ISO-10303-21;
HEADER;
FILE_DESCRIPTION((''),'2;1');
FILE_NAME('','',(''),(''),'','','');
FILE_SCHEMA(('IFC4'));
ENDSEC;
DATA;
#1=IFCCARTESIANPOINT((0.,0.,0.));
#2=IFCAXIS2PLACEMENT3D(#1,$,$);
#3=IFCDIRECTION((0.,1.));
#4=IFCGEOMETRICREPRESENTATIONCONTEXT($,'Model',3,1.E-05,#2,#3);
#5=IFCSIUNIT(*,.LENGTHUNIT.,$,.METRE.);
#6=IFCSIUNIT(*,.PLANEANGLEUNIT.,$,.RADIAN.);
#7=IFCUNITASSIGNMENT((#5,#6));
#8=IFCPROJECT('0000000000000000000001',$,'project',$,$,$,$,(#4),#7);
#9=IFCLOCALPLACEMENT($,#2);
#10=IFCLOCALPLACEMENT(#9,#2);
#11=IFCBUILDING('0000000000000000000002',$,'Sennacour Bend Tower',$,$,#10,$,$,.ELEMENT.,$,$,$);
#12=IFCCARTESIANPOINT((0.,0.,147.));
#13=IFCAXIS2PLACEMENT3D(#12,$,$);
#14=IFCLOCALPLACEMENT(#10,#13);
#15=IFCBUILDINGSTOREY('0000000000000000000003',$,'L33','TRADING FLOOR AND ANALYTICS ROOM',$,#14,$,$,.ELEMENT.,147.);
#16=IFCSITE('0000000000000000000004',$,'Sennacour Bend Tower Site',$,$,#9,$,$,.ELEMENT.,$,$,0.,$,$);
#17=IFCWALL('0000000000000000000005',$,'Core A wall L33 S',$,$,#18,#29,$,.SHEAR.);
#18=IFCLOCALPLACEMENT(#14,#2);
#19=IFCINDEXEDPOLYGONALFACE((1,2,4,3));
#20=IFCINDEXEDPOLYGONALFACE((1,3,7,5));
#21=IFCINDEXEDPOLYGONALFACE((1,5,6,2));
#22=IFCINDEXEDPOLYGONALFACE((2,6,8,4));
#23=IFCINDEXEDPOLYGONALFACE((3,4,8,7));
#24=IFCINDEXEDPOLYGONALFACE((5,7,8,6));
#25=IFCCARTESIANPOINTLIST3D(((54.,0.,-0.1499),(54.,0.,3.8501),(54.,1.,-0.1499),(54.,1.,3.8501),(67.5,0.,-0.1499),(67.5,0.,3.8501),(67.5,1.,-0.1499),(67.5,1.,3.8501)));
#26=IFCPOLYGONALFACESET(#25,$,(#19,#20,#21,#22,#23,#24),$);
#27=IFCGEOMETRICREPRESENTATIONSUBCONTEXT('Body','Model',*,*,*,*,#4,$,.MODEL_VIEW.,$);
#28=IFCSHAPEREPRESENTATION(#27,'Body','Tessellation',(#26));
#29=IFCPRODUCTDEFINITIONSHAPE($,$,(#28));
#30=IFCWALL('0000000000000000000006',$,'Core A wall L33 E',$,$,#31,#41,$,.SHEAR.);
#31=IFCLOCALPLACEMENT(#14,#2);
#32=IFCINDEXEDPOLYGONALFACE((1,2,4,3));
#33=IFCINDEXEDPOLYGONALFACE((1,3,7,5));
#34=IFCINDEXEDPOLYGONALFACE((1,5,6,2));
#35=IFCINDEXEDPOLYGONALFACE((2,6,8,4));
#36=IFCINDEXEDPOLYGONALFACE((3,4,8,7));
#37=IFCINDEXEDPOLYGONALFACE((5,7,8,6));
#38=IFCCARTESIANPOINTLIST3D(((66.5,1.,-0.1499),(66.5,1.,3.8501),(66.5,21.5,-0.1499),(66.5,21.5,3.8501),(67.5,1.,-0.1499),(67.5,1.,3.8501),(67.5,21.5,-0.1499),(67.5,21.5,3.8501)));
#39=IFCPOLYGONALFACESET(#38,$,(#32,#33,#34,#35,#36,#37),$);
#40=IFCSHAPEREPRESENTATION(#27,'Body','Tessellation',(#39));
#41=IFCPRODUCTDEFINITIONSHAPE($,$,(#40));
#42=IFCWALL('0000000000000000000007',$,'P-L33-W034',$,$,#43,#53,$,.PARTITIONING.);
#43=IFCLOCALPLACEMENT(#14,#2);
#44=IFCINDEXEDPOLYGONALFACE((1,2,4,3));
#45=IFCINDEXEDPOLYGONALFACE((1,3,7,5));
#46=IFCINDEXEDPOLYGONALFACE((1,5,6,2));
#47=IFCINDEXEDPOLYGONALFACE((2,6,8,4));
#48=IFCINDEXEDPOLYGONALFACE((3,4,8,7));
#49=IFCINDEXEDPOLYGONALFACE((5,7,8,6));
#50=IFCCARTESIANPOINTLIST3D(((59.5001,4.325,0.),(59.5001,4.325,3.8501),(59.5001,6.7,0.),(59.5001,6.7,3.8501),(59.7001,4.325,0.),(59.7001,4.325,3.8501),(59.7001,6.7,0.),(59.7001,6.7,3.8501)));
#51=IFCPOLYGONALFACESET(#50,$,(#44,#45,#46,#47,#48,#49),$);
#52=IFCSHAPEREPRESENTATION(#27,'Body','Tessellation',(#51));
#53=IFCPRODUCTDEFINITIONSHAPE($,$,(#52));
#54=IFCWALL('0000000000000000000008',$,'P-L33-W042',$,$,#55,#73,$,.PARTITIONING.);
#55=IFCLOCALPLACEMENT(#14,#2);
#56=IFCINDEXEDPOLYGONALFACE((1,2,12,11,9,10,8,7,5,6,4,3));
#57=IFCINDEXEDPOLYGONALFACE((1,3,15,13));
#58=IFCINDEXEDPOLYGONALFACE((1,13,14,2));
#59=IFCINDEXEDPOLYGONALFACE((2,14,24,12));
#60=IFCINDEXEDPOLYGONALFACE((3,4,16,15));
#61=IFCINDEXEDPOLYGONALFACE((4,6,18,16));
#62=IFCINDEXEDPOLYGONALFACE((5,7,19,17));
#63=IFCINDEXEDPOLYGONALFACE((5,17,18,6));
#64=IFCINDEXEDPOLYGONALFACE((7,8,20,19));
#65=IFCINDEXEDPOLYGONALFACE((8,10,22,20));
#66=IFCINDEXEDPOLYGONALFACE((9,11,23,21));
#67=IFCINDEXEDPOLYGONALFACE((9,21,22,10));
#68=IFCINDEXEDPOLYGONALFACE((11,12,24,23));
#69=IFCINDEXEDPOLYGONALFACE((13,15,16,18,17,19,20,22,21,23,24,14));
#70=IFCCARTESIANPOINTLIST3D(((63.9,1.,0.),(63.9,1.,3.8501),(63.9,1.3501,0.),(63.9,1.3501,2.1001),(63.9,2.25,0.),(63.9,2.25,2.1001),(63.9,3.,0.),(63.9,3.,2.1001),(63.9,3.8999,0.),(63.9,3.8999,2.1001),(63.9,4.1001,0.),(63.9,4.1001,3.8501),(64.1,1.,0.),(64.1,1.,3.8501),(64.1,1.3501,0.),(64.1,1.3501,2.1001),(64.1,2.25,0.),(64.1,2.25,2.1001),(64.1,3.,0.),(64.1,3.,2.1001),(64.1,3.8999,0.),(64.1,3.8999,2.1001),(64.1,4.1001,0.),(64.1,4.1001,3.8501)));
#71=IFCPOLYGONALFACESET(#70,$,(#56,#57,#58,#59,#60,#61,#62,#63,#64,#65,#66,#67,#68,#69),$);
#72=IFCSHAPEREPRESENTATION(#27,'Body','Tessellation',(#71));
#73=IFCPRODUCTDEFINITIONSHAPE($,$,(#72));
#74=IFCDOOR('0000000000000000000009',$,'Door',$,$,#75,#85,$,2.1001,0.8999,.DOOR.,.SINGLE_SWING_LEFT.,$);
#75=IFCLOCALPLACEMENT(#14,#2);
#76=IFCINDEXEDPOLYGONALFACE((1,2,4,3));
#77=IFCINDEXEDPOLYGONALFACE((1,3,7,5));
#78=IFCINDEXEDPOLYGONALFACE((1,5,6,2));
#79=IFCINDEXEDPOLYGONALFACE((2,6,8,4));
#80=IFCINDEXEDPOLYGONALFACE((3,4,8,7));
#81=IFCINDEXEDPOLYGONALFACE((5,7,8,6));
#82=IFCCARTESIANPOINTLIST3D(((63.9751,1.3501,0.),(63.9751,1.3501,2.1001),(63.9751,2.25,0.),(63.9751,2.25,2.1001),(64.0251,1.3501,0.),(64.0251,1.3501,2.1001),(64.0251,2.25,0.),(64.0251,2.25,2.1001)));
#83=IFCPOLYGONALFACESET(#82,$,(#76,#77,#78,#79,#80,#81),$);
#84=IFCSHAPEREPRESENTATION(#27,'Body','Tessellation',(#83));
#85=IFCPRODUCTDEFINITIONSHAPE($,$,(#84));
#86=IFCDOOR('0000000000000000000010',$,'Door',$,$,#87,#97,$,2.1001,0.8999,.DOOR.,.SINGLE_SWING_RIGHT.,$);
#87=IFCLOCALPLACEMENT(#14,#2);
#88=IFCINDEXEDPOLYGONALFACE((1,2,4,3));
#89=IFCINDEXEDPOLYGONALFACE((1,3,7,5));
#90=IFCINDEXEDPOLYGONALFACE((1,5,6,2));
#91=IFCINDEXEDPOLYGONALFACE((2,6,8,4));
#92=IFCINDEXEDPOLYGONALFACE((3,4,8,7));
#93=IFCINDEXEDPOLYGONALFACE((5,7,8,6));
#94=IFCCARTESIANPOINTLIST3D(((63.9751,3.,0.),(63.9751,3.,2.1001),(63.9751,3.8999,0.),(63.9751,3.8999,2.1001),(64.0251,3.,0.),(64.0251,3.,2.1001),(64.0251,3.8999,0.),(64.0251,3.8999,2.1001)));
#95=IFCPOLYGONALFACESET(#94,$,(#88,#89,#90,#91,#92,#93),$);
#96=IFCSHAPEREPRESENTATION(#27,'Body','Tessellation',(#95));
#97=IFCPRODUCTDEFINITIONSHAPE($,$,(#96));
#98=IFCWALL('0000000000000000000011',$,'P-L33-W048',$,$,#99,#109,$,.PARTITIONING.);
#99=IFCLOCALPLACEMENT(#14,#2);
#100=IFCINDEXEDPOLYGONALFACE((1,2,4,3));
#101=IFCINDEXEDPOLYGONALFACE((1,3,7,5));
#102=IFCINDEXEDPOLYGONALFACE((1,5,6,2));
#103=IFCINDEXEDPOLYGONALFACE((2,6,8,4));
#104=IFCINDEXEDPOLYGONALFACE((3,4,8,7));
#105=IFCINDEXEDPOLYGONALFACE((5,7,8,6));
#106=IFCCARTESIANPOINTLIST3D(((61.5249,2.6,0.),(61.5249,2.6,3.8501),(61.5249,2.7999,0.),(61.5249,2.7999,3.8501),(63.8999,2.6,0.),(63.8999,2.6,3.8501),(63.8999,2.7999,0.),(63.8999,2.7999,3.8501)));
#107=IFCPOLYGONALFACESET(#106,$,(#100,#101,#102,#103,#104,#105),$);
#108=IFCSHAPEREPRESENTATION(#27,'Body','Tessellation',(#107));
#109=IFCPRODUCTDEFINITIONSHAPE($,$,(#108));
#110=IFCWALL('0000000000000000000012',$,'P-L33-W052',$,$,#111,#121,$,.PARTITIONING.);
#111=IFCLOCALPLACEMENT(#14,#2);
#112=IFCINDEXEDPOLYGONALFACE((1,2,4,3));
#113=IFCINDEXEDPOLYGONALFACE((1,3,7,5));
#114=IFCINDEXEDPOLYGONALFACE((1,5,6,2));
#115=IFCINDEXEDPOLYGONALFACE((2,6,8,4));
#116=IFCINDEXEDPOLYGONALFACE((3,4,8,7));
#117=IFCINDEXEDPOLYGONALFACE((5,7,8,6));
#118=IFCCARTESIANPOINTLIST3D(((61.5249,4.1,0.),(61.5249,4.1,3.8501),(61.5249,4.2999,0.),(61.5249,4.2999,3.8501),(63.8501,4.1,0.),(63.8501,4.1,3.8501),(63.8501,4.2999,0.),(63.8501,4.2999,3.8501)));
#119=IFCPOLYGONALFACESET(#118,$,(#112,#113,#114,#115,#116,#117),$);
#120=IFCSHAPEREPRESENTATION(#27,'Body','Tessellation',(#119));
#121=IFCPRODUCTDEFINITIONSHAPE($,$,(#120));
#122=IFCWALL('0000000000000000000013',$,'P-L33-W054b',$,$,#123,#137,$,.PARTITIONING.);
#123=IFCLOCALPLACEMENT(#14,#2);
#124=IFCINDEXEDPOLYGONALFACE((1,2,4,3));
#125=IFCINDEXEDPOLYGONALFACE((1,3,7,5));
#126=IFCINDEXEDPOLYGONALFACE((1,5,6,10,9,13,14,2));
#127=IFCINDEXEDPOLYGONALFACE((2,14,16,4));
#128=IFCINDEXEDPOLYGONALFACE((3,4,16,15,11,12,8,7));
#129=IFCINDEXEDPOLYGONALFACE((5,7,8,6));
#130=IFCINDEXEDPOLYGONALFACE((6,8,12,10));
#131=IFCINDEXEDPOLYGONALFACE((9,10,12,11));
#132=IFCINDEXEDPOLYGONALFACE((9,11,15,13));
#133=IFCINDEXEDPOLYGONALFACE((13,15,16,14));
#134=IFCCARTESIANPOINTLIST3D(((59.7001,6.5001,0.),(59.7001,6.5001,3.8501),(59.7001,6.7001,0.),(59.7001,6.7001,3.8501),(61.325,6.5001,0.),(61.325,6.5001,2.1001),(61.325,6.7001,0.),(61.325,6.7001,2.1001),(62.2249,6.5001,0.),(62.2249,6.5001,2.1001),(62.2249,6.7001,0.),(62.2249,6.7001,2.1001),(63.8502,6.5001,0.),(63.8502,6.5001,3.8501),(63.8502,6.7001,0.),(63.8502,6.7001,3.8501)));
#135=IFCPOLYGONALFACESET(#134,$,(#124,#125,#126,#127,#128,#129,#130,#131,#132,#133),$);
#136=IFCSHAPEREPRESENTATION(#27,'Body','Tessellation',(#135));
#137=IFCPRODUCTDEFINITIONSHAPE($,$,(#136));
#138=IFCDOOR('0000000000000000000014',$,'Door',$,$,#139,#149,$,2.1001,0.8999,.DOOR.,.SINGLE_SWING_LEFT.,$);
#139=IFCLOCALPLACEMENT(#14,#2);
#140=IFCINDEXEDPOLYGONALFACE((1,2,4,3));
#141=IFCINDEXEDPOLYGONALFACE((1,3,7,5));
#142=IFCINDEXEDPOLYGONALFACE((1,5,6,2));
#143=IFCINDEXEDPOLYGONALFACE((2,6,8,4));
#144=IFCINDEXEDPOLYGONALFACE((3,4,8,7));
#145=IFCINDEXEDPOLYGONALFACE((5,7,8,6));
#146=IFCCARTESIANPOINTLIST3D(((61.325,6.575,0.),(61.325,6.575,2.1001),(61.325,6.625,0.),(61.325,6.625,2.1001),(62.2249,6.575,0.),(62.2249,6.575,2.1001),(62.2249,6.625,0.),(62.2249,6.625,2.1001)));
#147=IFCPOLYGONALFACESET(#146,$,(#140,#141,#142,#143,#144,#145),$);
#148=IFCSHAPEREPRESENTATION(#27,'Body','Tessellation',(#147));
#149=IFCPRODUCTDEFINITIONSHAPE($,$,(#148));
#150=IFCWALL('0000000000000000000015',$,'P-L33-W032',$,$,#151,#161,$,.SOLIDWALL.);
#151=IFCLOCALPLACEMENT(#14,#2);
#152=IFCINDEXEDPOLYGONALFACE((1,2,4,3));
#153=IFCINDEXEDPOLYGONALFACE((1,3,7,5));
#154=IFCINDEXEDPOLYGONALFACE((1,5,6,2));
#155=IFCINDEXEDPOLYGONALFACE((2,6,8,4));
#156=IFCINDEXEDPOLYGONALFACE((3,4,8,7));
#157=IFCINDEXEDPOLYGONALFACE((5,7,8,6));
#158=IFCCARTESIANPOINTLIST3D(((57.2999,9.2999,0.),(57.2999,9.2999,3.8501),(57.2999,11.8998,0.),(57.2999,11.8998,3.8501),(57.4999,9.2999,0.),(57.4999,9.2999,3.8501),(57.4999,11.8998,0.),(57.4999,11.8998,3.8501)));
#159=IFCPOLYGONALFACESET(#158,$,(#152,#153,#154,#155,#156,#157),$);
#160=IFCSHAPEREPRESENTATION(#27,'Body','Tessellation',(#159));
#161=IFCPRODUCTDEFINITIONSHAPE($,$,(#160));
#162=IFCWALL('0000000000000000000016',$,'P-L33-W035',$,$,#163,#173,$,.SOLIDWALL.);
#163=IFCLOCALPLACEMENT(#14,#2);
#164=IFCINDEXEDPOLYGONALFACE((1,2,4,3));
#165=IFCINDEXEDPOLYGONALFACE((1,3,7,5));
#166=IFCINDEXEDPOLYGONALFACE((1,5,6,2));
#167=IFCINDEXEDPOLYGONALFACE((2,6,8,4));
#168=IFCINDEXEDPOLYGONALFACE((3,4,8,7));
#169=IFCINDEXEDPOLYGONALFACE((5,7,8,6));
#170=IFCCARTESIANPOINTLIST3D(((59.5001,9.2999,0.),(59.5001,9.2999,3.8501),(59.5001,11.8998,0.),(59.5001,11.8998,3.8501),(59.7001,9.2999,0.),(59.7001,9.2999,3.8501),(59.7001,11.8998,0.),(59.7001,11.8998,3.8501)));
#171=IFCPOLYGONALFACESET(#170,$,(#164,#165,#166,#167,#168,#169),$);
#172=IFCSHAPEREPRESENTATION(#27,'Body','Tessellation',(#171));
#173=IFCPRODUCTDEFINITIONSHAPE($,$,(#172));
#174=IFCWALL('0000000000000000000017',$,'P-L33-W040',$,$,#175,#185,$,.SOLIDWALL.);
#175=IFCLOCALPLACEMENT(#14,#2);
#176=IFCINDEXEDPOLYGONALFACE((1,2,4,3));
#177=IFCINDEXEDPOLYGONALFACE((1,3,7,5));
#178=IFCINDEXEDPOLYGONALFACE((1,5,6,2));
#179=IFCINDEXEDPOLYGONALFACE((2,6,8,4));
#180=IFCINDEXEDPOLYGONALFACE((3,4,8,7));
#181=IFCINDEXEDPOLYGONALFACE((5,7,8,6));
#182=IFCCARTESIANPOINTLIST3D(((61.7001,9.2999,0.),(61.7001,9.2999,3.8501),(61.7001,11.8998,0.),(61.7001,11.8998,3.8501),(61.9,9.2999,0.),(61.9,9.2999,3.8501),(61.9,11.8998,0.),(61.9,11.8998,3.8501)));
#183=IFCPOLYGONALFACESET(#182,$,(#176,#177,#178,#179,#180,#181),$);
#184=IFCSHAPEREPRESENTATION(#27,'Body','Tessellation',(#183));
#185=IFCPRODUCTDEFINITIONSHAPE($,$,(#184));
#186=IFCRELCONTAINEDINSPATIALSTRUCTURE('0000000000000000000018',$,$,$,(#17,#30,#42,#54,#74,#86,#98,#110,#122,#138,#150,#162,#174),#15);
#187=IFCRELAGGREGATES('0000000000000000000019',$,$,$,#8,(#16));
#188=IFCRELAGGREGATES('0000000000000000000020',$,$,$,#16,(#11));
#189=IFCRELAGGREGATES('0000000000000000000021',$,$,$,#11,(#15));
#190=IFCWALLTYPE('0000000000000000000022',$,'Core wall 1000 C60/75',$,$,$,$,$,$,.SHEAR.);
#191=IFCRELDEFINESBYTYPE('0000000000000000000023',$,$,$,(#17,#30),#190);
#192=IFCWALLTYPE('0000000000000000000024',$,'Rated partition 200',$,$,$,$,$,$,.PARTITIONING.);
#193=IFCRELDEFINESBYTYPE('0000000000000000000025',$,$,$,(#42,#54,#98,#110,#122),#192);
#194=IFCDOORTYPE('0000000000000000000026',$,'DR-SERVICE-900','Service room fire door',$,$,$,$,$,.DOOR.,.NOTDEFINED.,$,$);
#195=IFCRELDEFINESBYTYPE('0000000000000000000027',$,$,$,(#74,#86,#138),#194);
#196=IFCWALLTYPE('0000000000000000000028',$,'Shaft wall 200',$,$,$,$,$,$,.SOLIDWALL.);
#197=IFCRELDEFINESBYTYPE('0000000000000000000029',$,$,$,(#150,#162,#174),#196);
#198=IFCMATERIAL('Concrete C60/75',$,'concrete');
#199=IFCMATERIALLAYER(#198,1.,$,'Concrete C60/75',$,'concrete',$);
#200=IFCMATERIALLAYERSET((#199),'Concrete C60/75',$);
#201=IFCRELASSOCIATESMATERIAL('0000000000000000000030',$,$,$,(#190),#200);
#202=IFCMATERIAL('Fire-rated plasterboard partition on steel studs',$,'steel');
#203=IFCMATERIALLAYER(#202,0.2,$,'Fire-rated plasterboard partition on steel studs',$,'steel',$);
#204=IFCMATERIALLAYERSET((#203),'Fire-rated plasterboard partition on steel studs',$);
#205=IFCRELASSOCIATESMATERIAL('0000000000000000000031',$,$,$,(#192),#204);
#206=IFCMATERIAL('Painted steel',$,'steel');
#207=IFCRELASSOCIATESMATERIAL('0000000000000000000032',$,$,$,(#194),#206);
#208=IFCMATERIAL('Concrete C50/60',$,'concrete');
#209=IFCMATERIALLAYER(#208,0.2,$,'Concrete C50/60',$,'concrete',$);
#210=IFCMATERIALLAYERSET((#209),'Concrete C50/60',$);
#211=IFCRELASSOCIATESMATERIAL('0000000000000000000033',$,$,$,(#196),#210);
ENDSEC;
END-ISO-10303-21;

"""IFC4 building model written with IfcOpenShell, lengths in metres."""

from ifc_helpers import new_model, si_unit, direction, frame, frame_2d, origin, place, context, subcontext, project, spatial, rectangle, extrude, material, layer, layer_set, type_object, element, fill, save


model = new_model("IFC4")

# Units and contexts
model_context = context("Model", 3, precision=1e-05, world=origin(), true_north=direction((0.0, 1.0)))
body_context = subcontext(model_context, "Body", "Model", "MODEL_VIEW")
ifc_project = project(units=[si_unit("LENGTHUNIT", "METRE"), si_unit("PLANEANGLEUNIT", "RADIAN")], contexts=[model_context])

# Site, building, storey
site_placement = place(None, origin())
site = spatial("IfcSite", under=ifc_project, at=site_placement, Name="Sennacour Bend Tower Site", CompositionType="ELEMENT", RefElevation=0.0)
building_placement = place(site_placement, origin())
building = spatial("IfcBuilding", under=site, at=building_placement, Name="Sennacour Bend Tower", CompositionType="ELEMENT")
storey_placement = place(building_placement, frame((0.0, 0.0, 147.0)))
storey = spatial("IfcBuildingStorey", under=building, at=storey_placement, Name="L33", Description="TRADING FLOOR AND ANALYTICS ROOM", CompositionType="ELEMENT", Elevation=147.0)

# Walls
ifc_material_1 = material(Name="Concrete C60/75", Category="concrete")
ifc_layer_1 = layer(ifc_material_1, 1.0, Name="Concrete C60/75", Category="concrete")
ifc_layer_set_1 = layer_set([ifc_layer_1], Name="Concrete C60/75")
wall_type_1 = type_object("IfcWallType", Name="Core wall 1000 C60/75", PredefinedType="SHEAR", material=ifc_layer_set_1)
wall_1_placement = place(storey_placement, frame((67.5, 0.5, -0.1499), z_axis=(0.0, 0.0, 1.0), x_axis=(-1.0, 0.0, 0.0)))
element("IfcWall", 1, at=wall_1_placement, inside=storey, type_object=wall_type_1, Name="Core A wall L33 S", PredefinedType="SHEAR", context=body_context, shape_type="SweptSolid", body=[
    extrude(rectangle(XDim=13.5, YDim=1.0, at=frame_2d((6.75, 0.0))), origin(), (0.0, 0.0, 1.0), 4.0),
])
wall_2_placement = place(storey_placement, frame((67.0, 1.0, -0.1499), z_axis=(0.0, 0.0, 1.0), x_axis=(0.0, 1.0, 0.0)))
element("IfcWall", 2, at=wall_2_placement, inside=storey, type_object=wall_type_1, Name="Core A wall L33 E", PredefinedType="SHEAR", context=body_context, shape_type="SweptSolid", body=[
    extrude(rectangle(XDim=20.5, YDim=1.0, at=frame_2d((10.25, 0.0))), origin(), (0.0, 0.0, 1.0), 4.0),
])
ifc_material_2 = material(Name="Fire-rated plasterboard partition on steel studs", Category="steel")
ifc_layer_2 = layer(ifc_material_2, 0.2, Name="Fire-rated plasterboard partition on steel studs", Category="steel")
ifc_layer_set_2 = layer_set([ifc_layer_2], Name="Fire-rated plasterboard partition on steel studs")
wall_type_2 = type_object("IfcWallType", Name="Rated partition 200", PredefinedType="PARTITIONING", material=ifc_layer_set_2)
wall_3_placement = place(storey_placement, frame((59.6001, 4.325, 0.0), z_axis=(0.0, 0.0, 1.0), x_axis=(0.0, 1.0, 0.0)))
element("IfcWall", 3, at=wall_3_placement, inside=storey, type_object=wall_type_2, Name="P-L33-W034", PredefinedType="PARTITIONING", context=body_context, shape_type="SweptSolid", body=[
    extrude(rectangle(XDim=2.375, YDim=0.2, at=frame_2d((1.1875, 0.0))), origin(), (0.0, 0.0, 1.0), 3.8501),
])

# Wall, openings, doors
wall_4_placement = place(storey_placement, frame((64.0, 1.0, 0.0), z_axis=(0.0, 0.0, 1.0), x_axis=(0.0, 1.0, 0.0)))
wall_4 = element("IfcWall", 4, at=wall_4_placement, inside=storey, type_object=wall_type_2, Name="P-L33-W042", PredefinedType="PARTITIONING", context=body_context, shape_type="SweptSolid", body=[
    extrude(rectangle(XDim=3.1001, YDim=0.2, at=frame_2d((1.55, 0.0))), origin(), (0.0, 0.0, 1.0), 3.8501),
])
opening_1_placement = place(wall_4_placement, frame((0.3501, 0.0, 0.0)))
opening_1 = element("IfcOpeningElement", 5, at=opening_1_placement, cuts=wall_4, PredefinedType="OPENING", context=body_context, shape_type="SweptSolid", body=[
    extrude(rectangle(XDim=0.8999, YDim=2.1001, at=frame_2d((0.45, 1.05))), frame((0.0, 0.1099, 0.0), z_axis=(0.0, -1.0, 0.0), x_axis=(1.0, 0.0, 0.0)), (0.0, 0.0, 1.0), 0.22),
])
opening_2_placement = place(wall_4_placement, frame((2.0, 0.0, 0.0)))
opening_2 = element("IfcOpeningElement", 6, at=opening_2_placement, cuts=wall_4, PredefinedType="OPENING", context=body_context, shape_type="SweptSolid", body=[
    extrude(rectangle(XDim=0.8999, YDim=2.1001, at=frame_2d((0.45, 1.05))), frame((0.0, 0.1099, 0.0), z_axis=(0.0, -1.0, 0.0), x_axis=(1.0, 0.0, 0.0)), (0.0, 0.0, 1.0), 0.22),
])
ifc_material_3 = material(Name="Painted steel", Category="steel")
door_type_1 = type_object("IfcDoorType", Name="DR-SERVICE-900", Description="Service room fire door", OperationType="NOTDEFINED", PredefinedType="DOOR", material=ifc_material_3)
door_1_placement = place(opening_1_placement, origin())
door_1 = element("IfcDoor", 7, at=door_1_placement, inside=storey, type_object=door_type_1, Name="Door", OperationType="SINGLE_SWING_LEFT", OverallHeight=2.1001, OverallWidth=0.8999, PredefinedType="DOOR", context=body_context, shape_type="SweptSolid", body=[
    extrude(rectangle(XDim=0.8999, YDim=2.1001, at=frame_2d((0.45, 1.05))), frame((0.0, 0.0249, 0.0), z_axis=(0.0, -1.0, 0.0), x_axis=(1.0, 0.0, 0.0)), (0.0, 0.0, 1.0), 0.05),
])
fill(opening_1, door_1)
door_2_placement = place(opening_2_placement, origin())
door_2 = element("IfcDoor", 8, at=door_2_placement, inside=storey, type_object=door_type_1, Name="Door", OperationType="SINGLE_SWING_RIGHT", OverallHeight=2.1001, OverallWidth=0.8999, PredefinedType="DOOR", context=body_context, shape_type="SweptSolid", body=[
    extrude(rectangle(XDim=0.8999, YDim=2.1001, at=frame_2d((0.45, 1.05))), frame((0.0, 0.0249, 0.0), z_axis=(0.0, -1.0, 0.0), x_axis=(1.0, 0.0, 0.0)), (0.0, 0.0, 1.0), 0.05),
])
fill(opening_2, door_2)

# Walls
wall_5_placement = place(storey_placement, frame((61.5249, 2.7, 0.0), z_axis=(0.0, 0.0, 1.0), x_axis=(1.0, 0.0, 0.0)))
element("IfcWall", 9, at=wall_5_placement, inside=storey, type_object=wall_type_2, Name="P-L33-W048", PredefinedType="PARTITIONING", context=body_context, shape_type="SweptSolid", body=[
    extrude(rectangle(XDim=2.375, YDim=0.2, at=frame_2d((1.1875, 0.0))), origin(), (0.0, 0.0, 1.0), 3.8501),
])
wall_6_placement = place(storey_placement, frame((61.5249, 4.2, 0.0), z_axis=(0.0, 0.0, 1.0), x_axis=(1.0, 0.0, 0.0)))
element("IfcWall", 10, at=wall_6_placement, inside=storey, type_object=wall_type_2, Name="P-L33-W052", PredefinedType="PARTITIONING", context=body_context, shape_type="SweptSolid", body=[
    extrude(rectangle(XDim=2.3252, YDim=0.2, at=frame_2d((1.1626, 0.0))), origin(), (0.0, 0.0, 1.0), 3.8501),
])

# Wall, opening, door
wall_7_placement = place(storey_placement, frame((59.7, 6.6001, 0.0), z_axis=(0.0, 0.0, 1.0), x_axis=(1.0, 0.0, 0.0)))
wall_7 = element("IfcWall", 11, at=wall_7_placement, inside=storey, type_object=wall_type_2, Name="P-L33-W054b", PredefinedType="PARTITIONING", context=body_context, shape_type="SweptSolid", body=[
    extrude(rectangle(XDim=4.1501, YDim=0.2, at=frame_2d((2.0752, 0.0))), origin(), (0.0, 0.0, 1.0), 3.8501),
])
opening_3_placement = place(wall_7_placement, frame((1.625, 0.0, 0.0)))
opening_3 = element("IfcOpeningElement", 12, at=opening_3_placement, cuts=wall_7, PredefinedType="OPENING", context=body_context, shape_type="SweptSolid", body=[
    extrude(rectangle(XDim=0.8999, YDim=2.1001, at=frame_2d((0.45, 1.05))), frame((0.0, 0.1099, 0.0), z_axis=(0.0, -1.0, 0.0), x_axis=(1.0, 0.0, 0.0)), (0.0, 0.0, 1.0), 0.22),
])
door_3_placement = place(opening_3_placement, origin())
door_3 = element("IfcDoor", 13, at=door_3_placement, inside=storey, type_object=door_type_1, Name="Door", OperationType="SINGLE_SWING_LEFT", OverallHeight=2.1001, OverallWidth=0.8999, PredefinedType="DOOR", context=body_context, shape_type="SweptSolid", body=[
    extrude(rectangle(XDim=0.8999, YDim=2.1001, at=frame_2d((0.45, 1.05))), frame((0.0, 0.0249, 0.0), z_axis=(0.0, -1.0, 0.0), x_axis=(1.0, 0.0, 0.0)), (0.0, 0.0, 1.0), 0.05),
])
fill(opening_3, door_3)

# Walls
ifc_material_4 = material(Name="Concrete C50/60", Category="concrete")
ifc_layer_3 = layer(ifc_material_4, 0.2, Name="Concrete C50/60", Category="concrete")
ifc_layer_set_3 = layer_set([ifc_layer_3], Name="Concrete C50/60")
wall_type_3 = type_object("IfcWallType", Name="Shaft wall 200", PredefinedType="SOLIDWALL", material=ifc_layer_set_3)
for number, where, z_axis, x_axis, name in (
    (14, (57.3999, 9.3, 0.0), (0.0, 0.0, 1.0), (0.0, 1.0, 0.0), "P-L33-W032"),
    (15, (59.6001, 9.3, 0.0), (0.0, 0.0, 1.0), (0.0, 1.0, 0.0), "P-L33-W035"),
    (16, (61.8, 9.3, 0.0), (0.0, 0.0, 1.0), (0.0, 1.0, 0.0), "P-L33-W040"),
):
    element("IfcWall", number, at=place(storey_placement, frame(where, z_axis=z_axis, x_axis=x_axis)), inside=storey, type_object=wall_type_3, Name=name, PredefinedType="SOLIDWALL", context=body_context, shape_type="SweptSolid", body=[
        extrude(rectangle(XDim=2.5999, YDim=0.2, at=frame_2d((1.2998, 0.0))), origin(), (0.0, 0.0, 1.0), 3.8501),
    ])

save(model, "model.ifc")
